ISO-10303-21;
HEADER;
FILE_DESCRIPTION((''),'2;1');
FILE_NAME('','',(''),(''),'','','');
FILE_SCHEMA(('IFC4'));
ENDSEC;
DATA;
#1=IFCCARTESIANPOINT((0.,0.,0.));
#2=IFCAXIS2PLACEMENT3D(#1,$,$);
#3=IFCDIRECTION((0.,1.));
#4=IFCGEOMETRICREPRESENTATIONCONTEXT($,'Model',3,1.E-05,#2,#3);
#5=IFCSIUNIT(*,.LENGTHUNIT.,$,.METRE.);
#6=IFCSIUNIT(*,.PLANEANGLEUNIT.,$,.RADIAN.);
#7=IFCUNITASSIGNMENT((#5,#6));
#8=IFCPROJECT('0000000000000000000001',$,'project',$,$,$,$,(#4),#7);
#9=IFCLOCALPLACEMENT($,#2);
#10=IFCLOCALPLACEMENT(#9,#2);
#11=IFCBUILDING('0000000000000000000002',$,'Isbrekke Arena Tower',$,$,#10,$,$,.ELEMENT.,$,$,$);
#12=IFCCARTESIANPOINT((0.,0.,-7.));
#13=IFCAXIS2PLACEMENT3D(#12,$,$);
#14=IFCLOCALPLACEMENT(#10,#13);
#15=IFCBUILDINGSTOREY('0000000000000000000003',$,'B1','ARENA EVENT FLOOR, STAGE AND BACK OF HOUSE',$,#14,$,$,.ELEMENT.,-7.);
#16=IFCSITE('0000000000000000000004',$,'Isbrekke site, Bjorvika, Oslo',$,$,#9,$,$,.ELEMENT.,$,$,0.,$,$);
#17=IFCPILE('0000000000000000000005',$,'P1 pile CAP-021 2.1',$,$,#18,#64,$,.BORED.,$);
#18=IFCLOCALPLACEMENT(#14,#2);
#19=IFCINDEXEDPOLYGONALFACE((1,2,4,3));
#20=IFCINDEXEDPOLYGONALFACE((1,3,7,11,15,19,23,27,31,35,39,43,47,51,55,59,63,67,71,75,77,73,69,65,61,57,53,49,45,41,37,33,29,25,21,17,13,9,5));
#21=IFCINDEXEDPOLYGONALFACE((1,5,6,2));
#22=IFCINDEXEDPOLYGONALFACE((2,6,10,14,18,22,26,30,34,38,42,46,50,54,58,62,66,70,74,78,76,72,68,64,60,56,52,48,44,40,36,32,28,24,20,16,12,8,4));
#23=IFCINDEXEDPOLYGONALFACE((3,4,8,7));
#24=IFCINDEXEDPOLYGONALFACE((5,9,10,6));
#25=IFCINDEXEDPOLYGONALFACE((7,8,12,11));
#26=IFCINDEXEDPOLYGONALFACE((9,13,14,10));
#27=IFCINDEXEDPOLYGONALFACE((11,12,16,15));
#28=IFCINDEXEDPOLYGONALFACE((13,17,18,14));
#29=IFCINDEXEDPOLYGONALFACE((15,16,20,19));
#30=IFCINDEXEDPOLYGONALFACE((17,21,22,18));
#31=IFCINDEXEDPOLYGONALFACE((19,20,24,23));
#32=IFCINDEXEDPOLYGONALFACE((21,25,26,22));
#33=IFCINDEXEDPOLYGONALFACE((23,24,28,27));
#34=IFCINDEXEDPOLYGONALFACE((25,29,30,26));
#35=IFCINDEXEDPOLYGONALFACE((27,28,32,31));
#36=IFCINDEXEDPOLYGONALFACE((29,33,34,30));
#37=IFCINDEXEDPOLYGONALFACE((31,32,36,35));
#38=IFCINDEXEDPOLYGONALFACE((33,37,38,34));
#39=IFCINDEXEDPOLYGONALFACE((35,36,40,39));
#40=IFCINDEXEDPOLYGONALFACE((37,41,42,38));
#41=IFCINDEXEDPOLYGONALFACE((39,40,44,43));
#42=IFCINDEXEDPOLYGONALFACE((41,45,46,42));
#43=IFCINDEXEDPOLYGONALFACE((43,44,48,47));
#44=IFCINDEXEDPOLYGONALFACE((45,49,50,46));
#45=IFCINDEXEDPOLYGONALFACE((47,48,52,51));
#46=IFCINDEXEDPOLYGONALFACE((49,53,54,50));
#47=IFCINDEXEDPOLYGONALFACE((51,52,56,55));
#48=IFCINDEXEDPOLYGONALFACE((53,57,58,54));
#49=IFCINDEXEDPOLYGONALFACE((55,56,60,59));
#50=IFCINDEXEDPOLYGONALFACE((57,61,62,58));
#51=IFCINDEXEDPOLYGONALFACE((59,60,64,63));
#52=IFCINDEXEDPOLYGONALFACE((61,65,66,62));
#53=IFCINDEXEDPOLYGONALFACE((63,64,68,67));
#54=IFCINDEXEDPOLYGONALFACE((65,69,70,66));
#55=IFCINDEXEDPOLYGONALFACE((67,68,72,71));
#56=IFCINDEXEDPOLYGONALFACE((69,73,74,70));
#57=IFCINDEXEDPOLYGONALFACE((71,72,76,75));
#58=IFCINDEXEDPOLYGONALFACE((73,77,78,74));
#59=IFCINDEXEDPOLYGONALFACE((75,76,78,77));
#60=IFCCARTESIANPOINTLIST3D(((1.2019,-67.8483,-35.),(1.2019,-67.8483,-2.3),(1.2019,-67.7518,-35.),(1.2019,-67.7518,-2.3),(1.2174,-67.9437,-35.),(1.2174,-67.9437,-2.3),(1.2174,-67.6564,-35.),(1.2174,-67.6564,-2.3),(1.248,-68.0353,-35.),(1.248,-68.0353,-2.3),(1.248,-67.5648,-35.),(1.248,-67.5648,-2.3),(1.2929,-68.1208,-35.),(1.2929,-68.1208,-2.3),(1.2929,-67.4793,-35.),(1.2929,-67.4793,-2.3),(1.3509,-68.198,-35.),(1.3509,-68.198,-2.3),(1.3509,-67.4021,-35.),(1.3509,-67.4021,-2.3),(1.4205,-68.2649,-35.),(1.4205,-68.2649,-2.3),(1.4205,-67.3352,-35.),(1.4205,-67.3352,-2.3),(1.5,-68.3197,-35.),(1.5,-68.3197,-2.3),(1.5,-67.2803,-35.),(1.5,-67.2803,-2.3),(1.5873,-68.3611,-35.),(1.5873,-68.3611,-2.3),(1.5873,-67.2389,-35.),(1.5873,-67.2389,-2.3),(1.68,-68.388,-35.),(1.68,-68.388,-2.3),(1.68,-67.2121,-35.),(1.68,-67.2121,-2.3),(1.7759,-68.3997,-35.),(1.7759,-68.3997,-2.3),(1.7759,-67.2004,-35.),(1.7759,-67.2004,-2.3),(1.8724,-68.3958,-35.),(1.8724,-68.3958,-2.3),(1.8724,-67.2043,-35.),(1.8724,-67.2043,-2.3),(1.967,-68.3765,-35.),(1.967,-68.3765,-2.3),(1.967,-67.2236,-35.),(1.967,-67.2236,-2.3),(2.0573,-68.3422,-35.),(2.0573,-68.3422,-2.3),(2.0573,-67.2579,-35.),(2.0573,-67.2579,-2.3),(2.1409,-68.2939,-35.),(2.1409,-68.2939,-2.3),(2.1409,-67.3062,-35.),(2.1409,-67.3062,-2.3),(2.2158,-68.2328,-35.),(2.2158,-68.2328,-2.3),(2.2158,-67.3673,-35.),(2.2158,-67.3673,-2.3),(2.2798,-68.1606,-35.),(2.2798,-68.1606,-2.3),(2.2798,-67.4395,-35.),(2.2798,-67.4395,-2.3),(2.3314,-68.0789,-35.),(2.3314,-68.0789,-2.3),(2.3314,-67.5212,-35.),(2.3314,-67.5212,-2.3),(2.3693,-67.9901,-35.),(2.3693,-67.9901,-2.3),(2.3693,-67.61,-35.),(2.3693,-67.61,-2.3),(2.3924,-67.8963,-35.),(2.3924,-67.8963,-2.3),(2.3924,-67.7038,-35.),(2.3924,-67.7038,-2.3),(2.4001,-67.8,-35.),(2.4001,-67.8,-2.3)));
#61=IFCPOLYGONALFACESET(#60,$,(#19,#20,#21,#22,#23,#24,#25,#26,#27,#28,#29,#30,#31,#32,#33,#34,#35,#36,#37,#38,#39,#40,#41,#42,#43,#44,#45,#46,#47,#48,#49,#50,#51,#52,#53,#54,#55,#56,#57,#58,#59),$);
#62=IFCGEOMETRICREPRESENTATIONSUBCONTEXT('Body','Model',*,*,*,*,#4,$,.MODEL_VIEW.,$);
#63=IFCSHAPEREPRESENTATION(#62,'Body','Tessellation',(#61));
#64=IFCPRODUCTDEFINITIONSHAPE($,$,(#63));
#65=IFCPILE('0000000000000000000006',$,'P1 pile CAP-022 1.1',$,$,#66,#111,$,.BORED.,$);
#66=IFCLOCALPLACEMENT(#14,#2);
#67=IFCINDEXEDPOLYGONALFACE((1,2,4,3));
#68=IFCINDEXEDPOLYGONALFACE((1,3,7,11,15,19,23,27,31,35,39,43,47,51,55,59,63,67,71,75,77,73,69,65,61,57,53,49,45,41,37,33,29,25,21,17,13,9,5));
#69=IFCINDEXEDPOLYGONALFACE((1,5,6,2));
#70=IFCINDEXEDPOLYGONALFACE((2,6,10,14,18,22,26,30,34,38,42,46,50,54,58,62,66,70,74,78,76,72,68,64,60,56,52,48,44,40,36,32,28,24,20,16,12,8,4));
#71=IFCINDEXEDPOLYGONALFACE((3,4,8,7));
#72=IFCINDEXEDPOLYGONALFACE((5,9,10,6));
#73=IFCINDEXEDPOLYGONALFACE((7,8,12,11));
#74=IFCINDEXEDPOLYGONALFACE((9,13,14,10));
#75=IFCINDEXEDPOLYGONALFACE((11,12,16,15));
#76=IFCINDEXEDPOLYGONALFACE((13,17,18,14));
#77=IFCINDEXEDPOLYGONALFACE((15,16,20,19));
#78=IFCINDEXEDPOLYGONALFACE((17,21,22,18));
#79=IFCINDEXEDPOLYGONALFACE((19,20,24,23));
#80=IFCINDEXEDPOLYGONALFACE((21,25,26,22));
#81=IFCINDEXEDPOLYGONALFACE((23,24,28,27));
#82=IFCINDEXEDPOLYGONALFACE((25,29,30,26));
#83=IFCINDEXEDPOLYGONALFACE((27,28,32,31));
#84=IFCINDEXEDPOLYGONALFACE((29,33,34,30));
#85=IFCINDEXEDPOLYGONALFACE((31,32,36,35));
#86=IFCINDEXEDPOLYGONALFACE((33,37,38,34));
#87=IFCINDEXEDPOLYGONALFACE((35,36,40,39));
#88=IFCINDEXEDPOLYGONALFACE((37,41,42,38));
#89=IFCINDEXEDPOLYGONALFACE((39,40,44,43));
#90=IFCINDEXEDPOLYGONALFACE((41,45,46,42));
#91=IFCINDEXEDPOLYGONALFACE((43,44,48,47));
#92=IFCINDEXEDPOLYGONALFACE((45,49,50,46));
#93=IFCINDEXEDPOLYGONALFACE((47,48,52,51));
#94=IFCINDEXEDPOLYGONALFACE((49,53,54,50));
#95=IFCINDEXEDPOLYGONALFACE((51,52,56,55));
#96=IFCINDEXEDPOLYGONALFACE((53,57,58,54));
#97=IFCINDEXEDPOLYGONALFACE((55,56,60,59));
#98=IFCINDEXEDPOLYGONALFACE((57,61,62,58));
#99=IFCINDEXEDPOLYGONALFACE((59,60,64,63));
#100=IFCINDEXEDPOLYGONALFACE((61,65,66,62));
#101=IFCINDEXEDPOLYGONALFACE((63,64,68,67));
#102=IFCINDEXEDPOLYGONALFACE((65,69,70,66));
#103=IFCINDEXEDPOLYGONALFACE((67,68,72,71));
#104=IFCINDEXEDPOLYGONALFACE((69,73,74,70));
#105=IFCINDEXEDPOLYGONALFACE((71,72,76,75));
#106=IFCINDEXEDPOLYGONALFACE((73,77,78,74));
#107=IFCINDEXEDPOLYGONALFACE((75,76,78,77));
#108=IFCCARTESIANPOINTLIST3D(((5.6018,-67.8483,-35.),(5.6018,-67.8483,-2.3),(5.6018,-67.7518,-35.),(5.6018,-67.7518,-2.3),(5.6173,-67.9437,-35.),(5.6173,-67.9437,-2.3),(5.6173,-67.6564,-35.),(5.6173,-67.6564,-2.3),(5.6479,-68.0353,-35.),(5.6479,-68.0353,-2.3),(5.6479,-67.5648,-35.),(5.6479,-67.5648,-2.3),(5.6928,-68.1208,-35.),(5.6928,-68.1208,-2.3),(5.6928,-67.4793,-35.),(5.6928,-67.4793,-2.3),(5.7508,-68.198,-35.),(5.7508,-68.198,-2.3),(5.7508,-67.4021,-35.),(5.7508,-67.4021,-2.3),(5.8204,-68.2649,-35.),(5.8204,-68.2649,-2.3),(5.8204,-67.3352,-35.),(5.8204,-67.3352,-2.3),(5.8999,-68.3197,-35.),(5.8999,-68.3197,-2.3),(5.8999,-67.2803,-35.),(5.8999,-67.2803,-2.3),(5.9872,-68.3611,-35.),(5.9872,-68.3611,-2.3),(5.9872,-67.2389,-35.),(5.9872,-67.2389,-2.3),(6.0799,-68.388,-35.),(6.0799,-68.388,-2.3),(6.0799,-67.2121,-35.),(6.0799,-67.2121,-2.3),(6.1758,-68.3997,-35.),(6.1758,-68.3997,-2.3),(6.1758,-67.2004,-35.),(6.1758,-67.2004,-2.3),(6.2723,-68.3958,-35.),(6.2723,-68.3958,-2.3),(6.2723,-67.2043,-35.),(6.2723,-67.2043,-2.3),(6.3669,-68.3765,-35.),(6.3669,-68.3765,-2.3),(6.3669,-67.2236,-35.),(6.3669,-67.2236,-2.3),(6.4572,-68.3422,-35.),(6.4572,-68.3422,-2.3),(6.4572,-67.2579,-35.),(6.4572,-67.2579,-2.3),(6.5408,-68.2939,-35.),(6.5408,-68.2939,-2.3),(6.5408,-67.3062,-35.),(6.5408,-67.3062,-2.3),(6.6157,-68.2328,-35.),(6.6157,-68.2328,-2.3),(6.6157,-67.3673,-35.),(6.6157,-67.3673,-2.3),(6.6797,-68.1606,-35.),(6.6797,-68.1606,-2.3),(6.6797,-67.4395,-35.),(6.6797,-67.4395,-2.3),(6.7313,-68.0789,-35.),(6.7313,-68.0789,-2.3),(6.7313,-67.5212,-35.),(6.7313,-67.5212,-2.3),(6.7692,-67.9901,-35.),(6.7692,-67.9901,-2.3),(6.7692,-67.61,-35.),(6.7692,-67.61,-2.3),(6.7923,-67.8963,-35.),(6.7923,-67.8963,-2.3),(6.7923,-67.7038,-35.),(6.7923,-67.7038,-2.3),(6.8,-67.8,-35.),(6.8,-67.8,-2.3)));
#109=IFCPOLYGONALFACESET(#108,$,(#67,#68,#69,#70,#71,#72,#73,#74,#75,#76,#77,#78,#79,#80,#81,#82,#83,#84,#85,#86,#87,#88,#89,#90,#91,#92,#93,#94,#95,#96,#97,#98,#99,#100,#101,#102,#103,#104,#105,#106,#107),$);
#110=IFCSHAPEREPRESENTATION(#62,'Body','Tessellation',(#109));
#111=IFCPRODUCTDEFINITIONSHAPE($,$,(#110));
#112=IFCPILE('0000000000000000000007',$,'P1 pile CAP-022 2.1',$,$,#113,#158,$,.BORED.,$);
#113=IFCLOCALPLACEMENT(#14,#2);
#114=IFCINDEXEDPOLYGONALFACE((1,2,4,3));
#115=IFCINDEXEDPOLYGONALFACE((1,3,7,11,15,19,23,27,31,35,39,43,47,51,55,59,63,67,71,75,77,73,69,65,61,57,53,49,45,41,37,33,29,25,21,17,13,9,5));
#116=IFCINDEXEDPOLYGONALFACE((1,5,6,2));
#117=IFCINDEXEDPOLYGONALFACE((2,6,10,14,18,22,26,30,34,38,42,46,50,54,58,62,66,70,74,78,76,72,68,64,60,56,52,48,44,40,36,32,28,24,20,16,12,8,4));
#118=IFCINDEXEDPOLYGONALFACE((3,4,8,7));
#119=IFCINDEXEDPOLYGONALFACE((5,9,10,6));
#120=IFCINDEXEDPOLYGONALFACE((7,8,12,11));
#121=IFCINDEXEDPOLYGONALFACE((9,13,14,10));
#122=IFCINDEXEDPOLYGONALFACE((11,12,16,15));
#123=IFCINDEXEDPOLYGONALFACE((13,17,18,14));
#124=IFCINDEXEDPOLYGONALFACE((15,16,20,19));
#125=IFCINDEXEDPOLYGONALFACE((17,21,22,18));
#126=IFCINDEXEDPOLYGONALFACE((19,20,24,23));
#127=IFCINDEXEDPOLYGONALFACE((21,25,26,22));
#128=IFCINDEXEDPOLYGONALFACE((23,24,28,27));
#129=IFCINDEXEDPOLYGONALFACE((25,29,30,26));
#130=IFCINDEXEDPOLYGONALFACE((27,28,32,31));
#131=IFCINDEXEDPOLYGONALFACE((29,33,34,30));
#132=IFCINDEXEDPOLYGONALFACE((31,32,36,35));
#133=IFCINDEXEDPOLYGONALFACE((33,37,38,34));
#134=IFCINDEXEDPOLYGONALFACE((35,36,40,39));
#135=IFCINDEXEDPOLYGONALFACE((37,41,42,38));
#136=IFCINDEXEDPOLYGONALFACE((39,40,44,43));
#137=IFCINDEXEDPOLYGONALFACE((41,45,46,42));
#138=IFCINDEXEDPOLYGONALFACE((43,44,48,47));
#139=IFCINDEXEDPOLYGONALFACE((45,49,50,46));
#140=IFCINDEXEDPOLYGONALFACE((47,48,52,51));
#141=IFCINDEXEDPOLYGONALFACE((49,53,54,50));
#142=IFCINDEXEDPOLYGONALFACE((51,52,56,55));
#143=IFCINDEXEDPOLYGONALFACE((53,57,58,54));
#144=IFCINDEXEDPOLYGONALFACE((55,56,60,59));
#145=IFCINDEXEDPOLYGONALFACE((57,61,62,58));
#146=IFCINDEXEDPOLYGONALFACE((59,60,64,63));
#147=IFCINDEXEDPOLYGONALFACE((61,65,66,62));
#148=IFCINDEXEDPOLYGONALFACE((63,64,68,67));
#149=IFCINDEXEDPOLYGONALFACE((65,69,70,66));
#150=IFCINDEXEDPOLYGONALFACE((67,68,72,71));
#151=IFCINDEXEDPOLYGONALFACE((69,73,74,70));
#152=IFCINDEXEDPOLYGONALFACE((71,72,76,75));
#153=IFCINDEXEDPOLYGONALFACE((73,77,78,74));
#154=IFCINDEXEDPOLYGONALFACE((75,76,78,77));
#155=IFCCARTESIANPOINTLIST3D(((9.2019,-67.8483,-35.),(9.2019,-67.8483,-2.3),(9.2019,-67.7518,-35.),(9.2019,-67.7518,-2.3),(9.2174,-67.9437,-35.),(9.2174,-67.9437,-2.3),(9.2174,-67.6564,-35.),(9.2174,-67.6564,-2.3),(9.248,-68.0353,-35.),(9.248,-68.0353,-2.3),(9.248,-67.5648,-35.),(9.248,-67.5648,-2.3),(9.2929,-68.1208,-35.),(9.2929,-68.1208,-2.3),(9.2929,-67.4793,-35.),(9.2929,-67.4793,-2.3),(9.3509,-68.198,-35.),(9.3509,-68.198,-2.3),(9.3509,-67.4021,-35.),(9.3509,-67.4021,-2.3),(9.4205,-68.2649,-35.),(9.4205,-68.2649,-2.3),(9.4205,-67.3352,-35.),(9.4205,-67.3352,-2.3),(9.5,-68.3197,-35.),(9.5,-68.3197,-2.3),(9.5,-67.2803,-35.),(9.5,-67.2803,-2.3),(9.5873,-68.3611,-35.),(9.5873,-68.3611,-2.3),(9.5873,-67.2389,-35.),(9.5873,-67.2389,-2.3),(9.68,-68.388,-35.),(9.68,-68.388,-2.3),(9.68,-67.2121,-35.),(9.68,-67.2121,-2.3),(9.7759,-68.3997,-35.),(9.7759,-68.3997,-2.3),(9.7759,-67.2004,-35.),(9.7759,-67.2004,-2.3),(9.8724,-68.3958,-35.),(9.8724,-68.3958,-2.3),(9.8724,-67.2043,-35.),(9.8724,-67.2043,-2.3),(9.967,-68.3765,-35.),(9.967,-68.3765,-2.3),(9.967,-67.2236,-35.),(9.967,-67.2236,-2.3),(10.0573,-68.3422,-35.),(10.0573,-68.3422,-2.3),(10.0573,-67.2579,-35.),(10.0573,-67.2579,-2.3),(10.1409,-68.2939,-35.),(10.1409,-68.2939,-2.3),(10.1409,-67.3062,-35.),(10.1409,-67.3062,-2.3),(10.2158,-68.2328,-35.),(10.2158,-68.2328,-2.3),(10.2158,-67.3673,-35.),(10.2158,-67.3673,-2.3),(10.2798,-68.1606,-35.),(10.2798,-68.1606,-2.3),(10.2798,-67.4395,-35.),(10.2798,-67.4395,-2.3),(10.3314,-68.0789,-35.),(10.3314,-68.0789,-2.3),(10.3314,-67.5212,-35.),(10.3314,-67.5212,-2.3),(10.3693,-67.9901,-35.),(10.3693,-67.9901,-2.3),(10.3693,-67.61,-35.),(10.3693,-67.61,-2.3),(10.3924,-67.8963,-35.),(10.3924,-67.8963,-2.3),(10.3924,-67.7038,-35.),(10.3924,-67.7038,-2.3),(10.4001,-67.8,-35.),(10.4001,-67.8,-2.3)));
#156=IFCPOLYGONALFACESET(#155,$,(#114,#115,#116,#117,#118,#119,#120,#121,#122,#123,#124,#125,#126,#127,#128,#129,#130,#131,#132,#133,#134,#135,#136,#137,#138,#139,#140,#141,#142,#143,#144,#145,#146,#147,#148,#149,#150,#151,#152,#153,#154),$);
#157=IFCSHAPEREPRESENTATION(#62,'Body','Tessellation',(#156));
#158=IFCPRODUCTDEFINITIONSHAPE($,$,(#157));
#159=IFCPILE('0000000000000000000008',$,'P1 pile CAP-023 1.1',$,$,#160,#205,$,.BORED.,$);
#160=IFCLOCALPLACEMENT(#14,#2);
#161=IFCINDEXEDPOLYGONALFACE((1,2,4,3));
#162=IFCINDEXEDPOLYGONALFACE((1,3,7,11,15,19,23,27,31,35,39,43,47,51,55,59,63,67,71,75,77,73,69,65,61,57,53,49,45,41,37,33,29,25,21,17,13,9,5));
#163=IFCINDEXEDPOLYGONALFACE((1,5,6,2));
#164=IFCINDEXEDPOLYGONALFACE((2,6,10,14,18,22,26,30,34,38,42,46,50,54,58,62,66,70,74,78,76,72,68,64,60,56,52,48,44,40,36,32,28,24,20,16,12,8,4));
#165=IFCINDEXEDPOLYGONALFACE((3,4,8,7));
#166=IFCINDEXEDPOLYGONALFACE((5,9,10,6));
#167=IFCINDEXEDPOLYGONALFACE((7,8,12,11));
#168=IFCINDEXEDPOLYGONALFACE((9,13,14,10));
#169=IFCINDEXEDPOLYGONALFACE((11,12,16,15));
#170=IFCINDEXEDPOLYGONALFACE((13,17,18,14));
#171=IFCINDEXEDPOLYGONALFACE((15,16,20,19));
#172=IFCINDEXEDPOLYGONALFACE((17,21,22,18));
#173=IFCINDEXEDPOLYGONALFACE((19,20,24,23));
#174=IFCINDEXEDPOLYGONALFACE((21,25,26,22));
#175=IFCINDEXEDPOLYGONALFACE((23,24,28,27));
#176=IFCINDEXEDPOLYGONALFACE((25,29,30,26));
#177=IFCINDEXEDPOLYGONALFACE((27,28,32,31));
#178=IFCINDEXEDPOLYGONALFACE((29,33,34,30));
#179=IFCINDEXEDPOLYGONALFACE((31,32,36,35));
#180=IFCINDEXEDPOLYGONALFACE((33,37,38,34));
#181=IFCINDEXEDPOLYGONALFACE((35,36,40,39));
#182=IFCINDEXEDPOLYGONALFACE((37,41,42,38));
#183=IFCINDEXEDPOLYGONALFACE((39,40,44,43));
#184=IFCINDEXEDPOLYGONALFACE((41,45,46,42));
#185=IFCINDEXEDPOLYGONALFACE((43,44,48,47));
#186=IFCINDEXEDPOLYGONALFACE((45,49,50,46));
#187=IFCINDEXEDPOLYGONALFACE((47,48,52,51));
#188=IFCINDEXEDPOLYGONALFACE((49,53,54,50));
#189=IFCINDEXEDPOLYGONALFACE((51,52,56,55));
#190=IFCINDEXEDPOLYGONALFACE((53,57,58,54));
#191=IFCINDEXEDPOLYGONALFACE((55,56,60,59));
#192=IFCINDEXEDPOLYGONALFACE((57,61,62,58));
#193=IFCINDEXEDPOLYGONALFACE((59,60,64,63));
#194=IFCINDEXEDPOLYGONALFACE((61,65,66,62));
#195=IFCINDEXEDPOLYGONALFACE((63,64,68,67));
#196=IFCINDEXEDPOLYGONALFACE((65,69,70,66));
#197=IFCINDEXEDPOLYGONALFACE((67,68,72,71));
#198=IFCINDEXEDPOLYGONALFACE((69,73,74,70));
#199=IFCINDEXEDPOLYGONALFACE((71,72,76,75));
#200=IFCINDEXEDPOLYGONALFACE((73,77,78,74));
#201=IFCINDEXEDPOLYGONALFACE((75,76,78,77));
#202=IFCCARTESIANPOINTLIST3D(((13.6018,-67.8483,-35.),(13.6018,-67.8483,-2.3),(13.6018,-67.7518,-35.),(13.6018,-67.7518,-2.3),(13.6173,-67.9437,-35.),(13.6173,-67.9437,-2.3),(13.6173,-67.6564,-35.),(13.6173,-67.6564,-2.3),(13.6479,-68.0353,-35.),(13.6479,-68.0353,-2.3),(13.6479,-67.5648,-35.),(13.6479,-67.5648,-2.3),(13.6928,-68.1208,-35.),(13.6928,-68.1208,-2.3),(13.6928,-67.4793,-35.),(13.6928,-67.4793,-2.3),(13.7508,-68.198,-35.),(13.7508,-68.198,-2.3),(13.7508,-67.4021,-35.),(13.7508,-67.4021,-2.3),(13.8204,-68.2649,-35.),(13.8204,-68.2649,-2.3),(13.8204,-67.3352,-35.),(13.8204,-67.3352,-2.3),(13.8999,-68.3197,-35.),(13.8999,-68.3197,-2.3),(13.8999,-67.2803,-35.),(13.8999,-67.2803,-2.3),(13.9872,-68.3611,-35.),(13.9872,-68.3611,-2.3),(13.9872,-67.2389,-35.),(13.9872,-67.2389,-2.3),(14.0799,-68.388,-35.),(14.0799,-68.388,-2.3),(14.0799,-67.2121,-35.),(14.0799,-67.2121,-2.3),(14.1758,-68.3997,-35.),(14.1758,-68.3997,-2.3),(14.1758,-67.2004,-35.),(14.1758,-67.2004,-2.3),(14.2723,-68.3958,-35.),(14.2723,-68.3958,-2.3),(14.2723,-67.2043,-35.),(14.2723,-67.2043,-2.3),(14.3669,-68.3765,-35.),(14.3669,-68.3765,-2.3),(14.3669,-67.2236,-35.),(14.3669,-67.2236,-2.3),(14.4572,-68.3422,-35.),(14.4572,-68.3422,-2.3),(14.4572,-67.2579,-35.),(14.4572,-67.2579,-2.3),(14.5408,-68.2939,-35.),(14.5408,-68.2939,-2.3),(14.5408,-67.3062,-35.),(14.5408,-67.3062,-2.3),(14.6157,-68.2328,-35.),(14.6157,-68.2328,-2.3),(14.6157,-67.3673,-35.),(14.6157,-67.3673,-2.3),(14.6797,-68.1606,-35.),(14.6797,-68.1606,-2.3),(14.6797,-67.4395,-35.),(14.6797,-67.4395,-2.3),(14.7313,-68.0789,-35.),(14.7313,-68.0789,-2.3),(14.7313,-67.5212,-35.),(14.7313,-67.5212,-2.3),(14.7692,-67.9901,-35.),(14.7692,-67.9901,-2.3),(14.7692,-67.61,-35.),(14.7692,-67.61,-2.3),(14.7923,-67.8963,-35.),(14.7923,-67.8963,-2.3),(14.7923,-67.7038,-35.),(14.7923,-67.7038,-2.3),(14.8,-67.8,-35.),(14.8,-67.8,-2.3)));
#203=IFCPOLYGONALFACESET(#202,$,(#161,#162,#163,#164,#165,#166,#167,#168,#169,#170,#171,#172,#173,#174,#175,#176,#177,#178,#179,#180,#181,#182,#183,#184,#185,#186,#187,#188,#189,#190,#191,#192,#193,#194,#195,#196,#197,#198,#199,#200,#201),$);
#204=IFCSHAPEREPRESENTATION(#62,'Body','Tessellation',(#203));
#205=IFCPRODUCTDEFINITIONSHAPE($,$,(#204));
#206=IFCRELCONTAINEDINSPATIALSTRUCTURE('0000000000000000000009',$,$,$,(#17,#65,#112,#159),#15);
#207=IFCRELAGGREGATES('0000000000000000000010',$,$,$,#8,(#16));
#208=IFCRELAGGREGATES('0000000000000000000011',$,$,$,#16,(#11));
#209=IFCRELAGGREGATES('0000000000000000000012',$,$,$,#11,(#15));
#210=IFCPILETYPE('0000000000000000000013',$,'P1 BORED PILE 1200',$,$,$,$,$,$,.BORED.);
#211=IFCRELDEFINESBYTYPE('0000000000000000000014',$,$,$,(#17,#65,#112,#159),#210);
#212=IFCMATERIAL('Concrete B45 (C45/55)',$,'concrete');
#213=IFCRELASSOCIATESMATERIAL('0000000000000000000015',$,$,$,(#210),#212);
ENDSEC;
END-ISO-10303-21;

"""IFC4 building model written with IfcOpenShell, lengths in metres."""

from ifc_helpers import new_model, si_unit, direction, frame, origin, origin_2d, place, context, subcontext, project, spatial, circle, extrude, material, material_profile, profile_set, type_object, element, save


model = new_model("IFC4")

# Units and contexts
model_context = context("Model", 3, precision=1e-05, world=origin(), true_north=direction((0.0, 1.0)))
body_context = subcontext(model_context, "Body", "Model", "MODEL_VIEW")
ifc_project = project(units=[si_unit("LENGTHUNIT", "METRE"), si_unit("PLANEANGLEUNIT", "RADIAN")], contexts=[model_context])

# Site, building, storey
site_placement = place(None, origin())
site = spatial("IfcSite", under=ifc_project, at=site_placement, Name="Isbrekke site, Bjorvika, Oslo", CompositionType="ELEMENT", RefElevation=0.0)
building_placement = place(site_placement, origin())
building = spatial("IfcBuilding", under=site, at=building_placement, Name="Isbrekke Arena Tower", CompositionType="ELEMENT")
storey_placement = place(building_placement, frame((0.0, 0.0, -7.0)))
storey = spatial("IfcBuildingStorey", under=building, at=storey_placement, Name="B1", Description="ARENA EVENT FLOOR, STAGE AND BACK OF HOUSE", CompositionType="ELEMENT", Elevation=-7.0)

# Piles
ifc_material_1 = material(Name="Concrete B45 (C45/55)", Category="concrete")
ifc_material_profile_1 = material_profile(ifc_material_1, circle(Radius=0.6001, at=origin_2d()), Name="BORED PILE D1200")
ifc_profile_set_1 = profile_set([ifc_material_profile_1], Name="Concrete B45 (C45/55)")
pile_type = type_object("IfcPileType", Name="P1 BORED PILE 1200", PredefinedType="BORED", material=ifc_profile_set_1)
for number, where, z_axis, x_axis, name in (
    (1, (1.8, -67.8, -2.3), (0.0, 0.0, -1.0), (1.0, 0.0, 0.0), "P1 pile CAP-021 2.1"),
    (2, (6.2, -67.8, -2.3), (0.0, 0.0, -1.0), (1.0, 0.0, 0.0), "P1 pile CAP-022 1.1"),
    (3, (9.8, -67.8, -2.3), (0.0, 0.0, -1.0), (1.0, 0.0, 0.0), "P1 pile CAP-022 2.1"),
    (4, (14.2, -67.8, -2.3), (0.0, 0.0, -1.0), (1.0, 0.0, 0.0), "P1 pile CAP-023 1.1"),
):
    element("IfcPile", number, at=place(storey_placement, frame(where, z_axis=z_axis, x_axis=x_axis)), inside=storey, type_object=pile_type, Name=name, PredefinedType="BORED", context=body_context, shape_type="SweptSolid", body=[
        extrude(circle(Radius=0.6001, at=origin_2d()), origin(), (0.0, 0.0, 1.0), 32.7),
    ])

save(model, "model.ifc")
